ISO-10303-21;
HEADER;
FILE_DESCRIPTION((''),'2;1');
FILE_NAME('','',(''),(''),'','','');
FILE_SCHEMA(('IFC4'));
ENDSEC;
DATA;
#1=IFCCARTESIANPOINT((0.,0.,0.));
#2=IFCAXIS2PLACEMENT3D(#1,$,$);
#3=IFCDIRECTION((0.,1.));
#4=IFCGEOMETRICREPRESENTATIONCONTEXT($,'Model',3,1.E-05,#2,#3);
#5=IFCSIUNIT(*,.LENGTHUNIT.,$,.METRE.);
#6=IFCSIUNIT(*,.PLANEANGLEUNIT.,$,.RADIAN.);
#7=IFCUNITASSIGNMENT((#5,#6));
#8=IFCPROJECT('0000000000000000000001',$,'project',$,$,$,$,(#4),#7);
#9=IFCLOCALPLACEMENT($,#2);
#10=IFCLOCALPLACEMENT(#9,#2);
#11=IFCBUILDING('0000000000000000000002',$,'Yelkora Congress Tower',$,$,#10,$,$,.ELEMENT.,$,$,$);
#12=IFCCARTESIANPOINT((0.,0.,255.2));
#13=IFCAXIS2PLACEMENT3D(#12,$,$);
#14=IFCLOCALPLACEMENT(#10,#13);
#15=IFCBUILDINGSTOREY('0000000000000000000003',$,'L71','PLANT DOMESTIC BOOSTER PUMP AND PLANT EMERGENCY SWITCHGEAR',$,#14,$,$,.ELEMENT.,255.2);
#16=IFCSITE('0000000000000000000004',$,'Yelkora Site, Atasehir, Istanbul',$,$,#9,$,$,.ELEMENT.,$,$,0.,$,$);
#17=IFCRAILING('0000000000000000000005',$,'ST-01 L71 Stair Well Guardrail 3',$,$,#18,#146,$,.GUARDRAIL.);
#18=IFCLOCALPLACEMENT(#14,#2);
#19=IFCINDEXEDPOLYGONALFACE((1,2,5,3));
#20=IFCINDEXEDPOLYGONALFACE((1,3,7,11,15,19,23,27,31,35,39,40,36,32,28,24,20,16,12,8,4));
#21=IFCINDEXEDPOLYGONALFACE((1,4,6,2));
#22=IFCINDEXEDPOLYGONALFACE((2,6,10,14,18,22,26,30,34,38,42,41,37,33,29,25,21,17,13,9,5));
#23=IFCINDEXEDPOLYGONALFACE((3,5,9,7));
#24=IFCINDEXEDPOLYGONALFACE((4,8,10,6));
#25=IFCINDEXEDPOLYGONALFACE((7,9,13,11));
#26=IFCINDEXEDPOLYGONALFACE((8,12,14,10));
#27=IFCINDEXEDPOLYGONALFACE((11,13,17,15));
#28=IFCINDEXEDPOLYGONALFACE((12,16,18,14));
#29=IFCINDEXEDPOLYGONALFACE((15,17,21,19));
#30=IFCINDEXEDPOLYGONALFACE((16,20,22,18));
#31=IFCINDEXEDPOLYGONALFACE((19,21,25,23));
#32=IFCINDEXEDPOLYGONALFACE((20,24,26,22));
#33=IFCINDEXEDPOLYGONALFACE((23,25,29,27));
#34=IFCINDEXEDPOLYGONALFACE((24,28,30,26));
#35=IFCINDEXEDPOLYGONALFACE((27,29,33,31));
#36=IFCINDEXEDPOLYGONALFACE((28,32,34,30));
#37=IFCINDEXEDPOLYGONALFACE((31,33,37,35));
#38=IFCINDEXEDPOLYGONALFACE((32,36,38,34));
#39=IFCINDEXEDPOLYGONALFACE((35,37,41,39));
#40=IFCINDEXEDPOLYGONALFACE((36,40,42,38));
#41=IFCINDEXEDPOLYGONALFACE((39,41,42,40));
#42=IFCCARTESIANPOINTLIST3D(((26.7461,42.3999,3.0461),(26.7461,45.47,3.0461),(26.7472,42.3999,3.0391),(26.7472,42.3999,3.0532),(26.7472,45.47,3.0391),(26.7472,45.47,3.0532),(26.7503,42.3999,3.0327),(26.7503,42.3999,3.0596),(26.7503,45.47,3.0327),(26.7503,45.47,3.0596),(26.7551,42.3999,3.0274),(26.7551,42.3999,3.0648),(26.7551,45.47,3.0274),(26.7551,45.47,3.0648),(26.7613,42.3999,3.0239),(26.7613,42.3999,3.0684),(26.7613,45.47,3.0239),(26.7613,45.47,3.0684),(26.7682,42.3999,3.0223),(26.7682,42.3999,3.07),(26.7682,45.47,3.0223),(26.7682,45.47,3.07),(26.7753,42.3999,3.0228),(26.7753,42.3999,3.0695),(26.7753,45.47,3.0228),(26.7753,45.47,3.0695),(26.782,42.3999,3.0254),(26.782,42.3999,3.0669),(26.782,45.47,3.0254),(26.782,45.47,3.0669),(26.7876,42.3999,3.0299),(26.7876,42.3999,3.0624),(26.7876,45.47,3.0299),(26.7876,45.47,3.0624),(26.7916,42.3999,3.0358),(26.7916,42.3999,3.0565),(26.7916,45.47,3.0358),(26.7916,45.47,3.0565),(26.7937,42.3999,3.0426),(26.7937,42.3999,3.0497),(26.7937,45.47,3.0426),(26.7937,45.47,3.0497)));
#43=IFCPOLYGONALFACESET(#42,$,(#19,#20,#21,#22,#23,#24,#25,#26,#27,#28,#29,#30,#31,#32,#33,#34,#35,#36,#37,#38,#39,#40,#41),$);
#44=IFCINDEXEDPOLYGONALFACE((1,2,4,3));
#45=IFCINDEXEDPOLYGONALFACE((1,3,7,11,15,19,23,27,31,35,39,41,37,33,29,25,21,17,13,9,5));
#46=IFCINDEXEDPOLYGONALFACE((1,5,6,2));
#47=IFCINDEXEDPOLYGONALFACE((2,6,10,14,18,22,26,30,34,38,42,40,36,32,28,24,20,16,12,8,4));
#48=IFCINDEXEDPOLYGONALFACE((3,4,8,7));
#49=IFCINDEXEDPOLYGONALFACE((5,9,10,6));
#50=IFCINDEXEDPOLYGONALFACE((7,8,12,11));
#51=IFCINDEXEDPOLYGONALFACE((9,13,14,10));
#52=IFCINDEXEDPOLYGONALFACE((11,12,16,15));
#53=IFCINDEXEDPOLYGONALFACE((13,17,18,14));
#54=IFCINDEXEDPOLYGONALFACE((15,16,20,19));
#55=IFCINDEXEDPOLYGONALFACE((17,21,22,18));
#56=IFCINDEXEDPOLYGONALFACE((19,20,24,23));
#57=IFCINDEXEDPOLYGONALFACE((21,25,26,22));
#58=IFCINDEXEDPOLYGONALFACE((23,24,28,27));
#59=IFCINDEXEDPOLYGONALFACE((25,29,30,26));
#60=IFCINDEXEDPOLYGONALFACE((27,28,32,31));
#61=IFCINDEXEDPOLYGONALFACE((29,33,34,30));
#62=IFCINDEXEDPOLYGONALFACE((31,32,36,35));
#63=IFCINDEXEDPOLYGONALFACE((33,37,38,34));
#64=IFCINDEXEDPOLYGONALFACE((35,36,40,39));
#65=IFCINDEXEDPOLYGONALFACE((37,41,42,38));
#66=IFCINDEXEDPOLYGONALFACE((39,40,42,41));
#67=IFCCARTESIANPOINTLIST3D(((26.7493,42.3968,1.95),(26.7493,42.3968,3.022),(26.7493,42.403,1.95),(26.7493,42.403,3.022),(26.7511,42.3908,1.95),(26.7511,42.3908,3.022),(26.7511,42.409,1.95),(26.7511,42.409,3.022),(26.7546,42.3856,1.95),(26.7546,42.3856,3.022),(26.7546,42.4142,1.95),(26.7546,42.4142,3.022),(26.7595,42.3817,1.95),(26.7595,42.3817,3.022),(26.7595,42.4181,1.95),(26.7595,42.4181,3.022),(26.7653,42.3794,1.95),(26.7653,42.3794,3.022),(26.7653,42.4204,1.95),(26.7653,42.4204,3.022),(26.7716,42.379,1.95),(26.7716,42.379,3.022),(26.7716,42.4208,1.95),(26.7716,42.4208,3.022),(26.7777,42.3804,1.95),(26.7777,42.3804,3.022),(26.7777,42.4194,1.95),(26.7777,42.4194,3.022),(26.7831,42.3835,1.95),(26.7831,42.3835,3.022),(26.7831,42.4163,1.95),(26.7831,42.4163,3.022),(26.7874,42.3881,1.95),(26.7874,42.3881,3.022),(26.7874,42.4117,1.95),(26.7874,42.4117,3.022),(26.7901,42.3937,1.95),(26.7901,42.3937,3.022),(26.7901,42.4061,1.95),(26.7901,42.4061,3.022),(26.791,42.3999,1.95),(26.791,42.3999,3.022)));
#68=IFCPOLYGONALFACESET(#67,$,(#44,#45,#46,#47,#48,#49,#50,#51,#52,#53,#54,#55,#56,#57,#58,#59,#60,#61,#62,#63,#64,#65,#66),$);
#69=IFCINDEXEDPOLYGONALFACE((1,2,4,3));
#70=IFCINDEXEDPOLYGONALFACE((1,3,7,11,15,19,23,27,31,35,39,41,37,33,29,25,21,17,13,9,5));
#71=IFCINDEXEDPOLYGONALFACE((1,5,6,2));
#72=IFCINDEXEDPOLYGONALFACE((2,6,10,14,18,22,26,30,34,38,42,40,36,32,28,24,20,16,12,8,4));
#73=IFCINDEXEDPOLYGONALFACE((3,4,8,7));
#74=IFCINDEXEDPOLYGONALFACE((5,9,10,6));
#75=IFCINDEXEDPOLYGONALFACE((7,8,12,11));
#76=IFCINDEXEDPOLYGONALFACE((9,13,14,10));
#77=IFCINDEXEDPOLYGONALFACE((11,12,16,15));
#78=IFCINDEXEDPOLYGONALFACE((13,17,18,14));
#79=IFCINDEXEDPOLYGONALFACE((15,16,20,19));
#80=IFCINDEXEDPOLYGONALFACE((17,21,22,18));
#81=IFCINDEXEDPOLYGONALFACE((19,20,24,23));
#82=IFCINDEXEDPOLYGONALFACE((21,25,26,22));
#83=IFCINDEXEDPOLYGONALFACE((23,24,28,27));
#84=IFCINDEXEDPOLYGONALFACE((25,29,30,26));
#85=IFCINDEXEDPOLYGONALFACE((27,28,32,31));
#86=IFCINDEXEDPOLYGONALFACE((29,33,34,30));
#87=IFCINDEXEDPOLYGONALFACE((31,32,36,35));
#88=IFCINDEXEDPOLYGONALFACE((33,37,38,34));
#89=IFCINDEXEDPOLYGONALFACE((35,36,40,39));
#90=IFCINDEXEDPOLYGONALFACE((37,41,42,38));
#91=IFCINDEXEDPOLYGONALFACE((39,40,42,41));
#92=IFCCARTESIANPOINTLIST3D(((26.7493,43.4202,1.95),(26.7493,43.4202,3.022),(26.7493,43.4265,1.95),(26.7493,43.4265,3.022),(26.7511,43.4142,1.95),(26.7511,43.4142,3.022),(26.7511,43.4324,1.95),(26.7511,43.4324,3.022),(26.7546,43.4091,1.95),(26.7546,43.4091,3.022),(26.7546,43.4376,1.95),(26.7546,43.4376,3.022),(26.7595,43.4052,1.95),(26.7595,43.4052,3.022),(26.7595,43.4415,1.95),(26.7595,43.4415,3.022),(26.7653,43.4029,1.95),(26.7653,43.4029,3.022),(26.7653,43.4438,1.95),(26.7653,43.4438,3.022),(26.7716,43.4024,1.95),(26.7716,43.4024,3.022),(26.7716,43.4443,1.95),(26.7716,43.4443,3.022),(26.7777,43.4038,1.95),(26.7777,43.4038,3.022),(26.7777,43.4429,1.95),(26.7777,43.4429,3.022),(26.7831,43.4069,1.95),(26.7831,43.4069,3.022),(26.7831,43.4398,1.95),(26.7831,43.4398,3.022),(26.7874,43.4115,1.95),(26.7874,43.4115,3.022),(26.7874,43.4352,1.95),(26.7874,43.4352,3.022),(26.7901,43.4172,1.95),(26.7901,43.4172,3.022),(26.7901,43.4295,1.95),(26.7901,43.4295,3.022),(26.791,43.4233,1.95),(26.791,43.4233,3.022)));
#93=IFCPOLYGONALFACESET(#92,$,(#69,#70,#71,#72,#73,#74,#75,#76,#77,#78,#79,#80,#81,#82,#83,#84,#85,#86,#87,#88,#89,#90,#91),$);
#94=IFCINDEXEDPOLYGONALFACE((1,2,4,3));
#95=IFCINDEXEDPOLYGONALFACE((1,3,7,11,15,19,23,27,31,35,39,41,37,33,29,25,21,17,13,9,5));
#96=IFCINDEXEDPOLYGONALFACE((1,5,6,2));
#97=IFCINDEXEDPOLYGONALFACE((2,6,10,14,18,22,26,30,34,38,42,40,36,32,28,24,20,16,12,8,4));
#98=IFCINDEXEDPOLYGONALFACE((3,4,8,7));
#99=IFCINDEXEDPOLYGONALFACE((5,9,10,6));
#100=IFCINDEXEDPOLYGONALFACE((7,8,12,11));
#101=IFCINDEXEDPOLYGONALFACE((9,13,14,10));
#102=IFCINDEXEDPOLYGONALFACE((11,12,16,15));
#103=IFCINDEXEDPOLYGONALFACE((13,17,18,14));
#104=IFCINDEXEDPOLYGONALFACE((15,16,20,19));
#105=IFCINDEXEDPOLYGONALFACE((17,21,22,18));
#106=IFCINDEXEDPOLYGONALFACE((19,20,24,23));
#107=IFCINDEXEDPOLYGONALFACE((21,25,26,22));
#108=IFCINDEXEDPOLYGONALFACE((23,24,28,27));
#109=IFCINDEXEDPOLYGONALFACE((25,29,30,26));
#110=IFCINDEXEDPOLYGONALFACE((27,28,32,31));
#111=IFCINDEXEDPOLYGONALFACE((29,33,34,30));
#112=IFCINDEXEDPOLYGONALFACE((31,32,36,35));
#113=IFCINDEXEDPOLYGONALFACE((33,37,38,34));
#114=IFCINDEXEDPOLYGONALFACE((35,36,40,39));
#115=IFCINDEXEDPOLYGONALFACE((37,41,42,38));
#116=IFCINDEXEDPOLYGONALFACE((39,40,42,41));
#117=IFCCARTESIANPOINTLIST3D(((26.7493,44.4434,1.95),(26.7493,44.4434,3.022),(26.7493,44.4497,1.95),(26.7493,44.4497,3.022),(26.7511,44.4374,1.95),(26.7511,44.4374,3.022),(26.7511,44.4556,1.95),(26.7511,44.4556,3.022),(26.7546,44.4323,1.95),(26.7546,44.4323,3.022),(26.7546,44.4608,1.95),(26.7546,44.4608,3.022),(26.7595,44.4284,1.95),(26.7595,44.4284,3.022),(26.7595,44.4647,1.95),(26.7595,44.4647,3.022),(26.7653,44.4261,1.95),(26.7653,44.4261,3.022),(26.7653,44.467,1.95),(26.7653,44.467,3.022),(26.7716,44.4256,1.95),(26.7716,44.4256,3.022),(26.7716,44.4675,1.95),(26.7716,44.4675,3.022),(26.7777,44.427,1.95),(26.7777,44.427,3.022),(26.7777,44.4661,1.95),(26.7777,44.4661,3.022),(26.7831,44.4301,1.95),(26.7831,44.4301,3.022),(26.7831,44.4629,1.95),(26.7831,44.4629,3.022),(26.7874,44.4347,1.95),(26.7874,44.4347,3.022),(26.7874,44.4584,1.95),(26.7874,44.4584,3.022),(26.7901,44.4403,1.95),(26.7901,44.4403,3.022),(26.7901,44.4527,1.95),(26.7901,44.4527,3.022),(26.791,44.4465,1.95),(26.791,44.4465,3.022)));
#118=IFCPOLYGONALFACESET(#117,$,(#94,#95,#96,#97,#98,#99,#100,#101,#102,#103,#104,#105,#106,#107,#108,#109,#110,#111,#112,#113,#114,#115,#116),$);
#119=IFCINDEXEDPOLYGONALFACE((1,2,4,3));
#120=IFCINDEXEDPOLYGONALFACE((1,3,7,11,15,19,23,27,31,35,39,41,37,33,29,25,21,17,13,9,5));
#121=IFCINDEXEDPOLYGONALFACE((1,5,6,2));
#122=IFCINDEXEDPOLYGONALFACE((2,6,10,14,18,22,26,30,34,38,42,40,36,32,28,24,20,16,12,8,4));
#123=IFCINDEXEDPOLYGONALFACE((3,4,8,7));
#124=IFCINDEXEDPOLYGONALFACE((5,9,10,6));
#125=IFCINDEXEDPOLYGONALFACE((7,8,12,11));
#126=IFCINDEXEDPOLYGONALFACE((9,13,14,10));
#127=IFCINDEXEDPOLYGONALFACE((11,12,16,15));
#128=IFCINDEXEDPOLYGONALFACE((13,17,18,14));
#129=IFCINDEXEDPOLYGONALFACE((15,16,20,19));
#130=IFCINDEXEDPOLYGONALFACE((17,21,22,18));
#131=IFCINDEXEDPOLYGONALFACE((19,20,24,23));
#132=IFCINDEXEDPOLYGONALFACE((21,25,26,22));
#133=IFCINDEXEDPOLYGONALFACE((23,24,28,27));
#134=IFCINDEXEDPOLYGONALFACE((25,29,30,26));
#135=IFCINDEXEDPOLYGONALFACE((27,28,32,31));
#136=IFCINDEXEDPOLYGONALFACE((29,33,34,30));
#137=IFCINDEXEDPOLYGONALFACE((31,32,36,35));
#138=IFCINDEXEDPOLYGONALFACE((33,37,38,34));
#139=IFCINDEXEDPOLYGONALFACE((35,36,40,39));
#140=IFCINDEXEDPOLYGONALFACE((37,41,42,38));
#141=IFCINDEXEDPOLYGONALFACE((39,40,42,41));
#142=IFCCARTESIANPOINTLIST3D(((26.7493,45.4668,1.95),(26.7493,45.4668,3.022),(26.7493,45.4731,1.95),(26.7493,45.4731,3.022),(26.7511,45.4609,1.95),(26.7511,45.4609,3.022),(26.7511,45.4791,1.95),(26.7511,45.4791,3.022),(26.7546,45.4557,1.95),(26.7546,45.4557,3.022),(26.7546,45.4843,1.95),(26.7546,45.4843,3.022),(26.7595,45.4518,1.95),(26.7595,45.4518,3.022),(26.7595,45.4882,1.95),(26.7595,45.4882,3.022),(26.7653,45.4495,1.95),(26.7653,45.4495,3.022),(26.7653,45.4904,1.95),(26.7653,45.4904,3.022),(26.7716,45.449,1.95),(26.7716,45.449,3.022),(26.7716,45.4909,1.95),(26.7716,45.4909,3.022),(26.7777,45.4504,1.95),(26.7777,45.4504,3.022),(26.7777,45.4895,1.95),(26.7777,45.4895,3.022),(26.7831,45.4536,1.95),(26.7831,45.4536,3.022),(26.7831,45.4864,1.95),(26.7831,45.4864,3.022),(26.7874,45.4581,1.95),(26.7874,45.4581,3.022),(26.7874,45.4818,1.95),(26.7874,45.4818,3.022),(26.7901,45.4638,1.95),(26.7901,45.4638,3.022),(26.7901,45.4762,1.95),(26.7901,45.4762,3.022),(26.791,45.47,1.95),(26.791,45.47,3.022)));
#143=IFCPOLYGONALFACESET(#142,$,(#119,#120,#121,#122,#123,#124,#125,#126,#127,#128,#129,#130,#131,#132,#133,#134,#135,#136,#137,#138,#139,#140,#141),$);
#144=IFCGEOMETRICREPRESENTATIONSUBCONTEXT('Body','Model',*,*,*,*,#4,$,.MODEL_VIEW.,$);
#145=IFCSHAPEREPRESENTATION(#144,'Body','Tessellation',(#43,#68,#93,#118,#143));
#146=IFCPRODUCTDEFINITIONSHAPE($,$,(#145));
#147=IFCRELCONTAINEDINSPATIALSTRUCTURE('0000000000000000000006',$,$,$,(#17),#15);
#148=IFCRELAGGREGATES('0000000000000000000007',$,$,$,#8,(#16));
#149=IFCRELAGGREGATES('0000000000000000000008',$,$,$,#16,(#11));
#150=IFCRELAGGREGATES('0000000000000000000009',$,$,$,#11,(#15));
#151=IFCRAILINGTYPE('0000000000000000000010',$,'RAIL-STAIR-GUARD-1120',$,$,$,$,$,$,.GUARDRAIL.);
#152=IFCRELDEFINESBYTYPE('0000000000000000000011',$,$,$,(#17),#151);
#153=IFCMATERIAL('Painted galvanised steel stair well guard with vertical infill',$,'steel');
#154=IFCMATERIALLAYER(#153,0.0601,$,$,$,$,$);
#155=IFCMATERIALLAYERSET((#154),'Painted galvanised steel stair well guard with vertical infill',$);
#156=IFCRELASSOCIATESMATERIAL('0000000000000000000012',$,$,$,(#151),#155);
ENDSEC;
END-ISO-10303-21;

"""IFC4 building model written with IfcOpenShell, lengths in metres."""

from ifc_helpers import new_model, si_unit, direction, frame, origin, origin_2d, place, context, subcontext, project, spatial, circle, extrude, material, layer, layer_set, type_object, element, save


model = new_model("IFC4")

# Units and contexts
model_context = context("Model", 3, precision=1e-05, world=origin(), true_north=direction((0.0, 1.0)))
body_context = subcontext(model_context, "Body", "Model", "MODEL_VIEW")
ifc_project = project(units=[si_unit("LENGTHUNIT", "METRE"), si_unit("PLANEANGLEUNIT", "RADIAN")], contexts=[model_context])

# Site, building, storey
site_placement = place(None, origin())
site = spatial("IfcSite", under=ifc_project, at=site_placement, Name="Yelkora Site, Atasehir, Istanbul", CompositionType="ELEMENT", RefElevation=0.0)
building_placement = place(site_placement, origin())
building = spatial("IfcBuilding", under=site, at=building_placement, Name="Yelkora Congress Tower", CompositionType="ELEMENT")
storey_placement = place(building_placement, frame((0.0, 0.0, 255.2)))
storey = spatial("IfcBuildingStorey", under=building, at=storey_placement, Name="L71", Description="PLANT DOMESTIC BOOSTER PUMP AND PLANT EMERGENCY SWITCHGEAR", CompositionType="ELEMENT", Elevation=255.2)

# Railing
ifc_material_1 = material(Name="Painted galvanised steel stair well guard with vertical infill", Category="steel")
ifc_layer_1 = layer(ifc_material_1, 0.0601)
ifc_layer_set_1 = layer_set([ifc_layer_1], Name="Painted galvanised steel stair well guard with vertical infill")
railing_type_1 = type_object("IfcRailingType", Name="RAIL-STAIR-GUARD-1120", PredefinedType="GUARDRAIL", material=ifc_layer_set_1)
railing_1_placement = place(storey_placement, frame((26.77, 42.3999, 1.95)))
element("IfcRailing", 1, at=railing_1_placement, inside=storey, type_object=railing_type_1, Name="ST-01 L71 Stair Well Guardrail 3", PredefinedType="GUARDRAIL", context=body_context, shape_type="SweptSolid", body=[
    extrude(circle(Radius=0.0239, at=origin_2d()), frame((0.0, 0.0, 1.0962), z_axis=(0.0, 1.0, 0.0), x_axis=(-1.0, 0.0, 0.0)), (0.0, 0.0, 1.0), 3.0701),
    extrude(circle(Radius=0.021, at=origin_2d()), origin(), (0.0, 0.0, 1.0), 1.072),
    extrude(circle(Radius=0.021, at=origin_2d()), frame((0.0, 1.0234, 0.0)), (0.0, 0.0, 1.0), 1.072),
    extrude(circle(Radius=0.021, at=origin_2d()), frame((0.0, 2.0466, 0.0)), (0.0, 0.0, 1.0), 1.072),
    extrude(circle(Radius=0.021, at=origin_2d()), frame((0.0, 3.0701, 0.0)), (0.0, 0.0, 1.0), 1.072),
])

save(model, "model.ifc")
